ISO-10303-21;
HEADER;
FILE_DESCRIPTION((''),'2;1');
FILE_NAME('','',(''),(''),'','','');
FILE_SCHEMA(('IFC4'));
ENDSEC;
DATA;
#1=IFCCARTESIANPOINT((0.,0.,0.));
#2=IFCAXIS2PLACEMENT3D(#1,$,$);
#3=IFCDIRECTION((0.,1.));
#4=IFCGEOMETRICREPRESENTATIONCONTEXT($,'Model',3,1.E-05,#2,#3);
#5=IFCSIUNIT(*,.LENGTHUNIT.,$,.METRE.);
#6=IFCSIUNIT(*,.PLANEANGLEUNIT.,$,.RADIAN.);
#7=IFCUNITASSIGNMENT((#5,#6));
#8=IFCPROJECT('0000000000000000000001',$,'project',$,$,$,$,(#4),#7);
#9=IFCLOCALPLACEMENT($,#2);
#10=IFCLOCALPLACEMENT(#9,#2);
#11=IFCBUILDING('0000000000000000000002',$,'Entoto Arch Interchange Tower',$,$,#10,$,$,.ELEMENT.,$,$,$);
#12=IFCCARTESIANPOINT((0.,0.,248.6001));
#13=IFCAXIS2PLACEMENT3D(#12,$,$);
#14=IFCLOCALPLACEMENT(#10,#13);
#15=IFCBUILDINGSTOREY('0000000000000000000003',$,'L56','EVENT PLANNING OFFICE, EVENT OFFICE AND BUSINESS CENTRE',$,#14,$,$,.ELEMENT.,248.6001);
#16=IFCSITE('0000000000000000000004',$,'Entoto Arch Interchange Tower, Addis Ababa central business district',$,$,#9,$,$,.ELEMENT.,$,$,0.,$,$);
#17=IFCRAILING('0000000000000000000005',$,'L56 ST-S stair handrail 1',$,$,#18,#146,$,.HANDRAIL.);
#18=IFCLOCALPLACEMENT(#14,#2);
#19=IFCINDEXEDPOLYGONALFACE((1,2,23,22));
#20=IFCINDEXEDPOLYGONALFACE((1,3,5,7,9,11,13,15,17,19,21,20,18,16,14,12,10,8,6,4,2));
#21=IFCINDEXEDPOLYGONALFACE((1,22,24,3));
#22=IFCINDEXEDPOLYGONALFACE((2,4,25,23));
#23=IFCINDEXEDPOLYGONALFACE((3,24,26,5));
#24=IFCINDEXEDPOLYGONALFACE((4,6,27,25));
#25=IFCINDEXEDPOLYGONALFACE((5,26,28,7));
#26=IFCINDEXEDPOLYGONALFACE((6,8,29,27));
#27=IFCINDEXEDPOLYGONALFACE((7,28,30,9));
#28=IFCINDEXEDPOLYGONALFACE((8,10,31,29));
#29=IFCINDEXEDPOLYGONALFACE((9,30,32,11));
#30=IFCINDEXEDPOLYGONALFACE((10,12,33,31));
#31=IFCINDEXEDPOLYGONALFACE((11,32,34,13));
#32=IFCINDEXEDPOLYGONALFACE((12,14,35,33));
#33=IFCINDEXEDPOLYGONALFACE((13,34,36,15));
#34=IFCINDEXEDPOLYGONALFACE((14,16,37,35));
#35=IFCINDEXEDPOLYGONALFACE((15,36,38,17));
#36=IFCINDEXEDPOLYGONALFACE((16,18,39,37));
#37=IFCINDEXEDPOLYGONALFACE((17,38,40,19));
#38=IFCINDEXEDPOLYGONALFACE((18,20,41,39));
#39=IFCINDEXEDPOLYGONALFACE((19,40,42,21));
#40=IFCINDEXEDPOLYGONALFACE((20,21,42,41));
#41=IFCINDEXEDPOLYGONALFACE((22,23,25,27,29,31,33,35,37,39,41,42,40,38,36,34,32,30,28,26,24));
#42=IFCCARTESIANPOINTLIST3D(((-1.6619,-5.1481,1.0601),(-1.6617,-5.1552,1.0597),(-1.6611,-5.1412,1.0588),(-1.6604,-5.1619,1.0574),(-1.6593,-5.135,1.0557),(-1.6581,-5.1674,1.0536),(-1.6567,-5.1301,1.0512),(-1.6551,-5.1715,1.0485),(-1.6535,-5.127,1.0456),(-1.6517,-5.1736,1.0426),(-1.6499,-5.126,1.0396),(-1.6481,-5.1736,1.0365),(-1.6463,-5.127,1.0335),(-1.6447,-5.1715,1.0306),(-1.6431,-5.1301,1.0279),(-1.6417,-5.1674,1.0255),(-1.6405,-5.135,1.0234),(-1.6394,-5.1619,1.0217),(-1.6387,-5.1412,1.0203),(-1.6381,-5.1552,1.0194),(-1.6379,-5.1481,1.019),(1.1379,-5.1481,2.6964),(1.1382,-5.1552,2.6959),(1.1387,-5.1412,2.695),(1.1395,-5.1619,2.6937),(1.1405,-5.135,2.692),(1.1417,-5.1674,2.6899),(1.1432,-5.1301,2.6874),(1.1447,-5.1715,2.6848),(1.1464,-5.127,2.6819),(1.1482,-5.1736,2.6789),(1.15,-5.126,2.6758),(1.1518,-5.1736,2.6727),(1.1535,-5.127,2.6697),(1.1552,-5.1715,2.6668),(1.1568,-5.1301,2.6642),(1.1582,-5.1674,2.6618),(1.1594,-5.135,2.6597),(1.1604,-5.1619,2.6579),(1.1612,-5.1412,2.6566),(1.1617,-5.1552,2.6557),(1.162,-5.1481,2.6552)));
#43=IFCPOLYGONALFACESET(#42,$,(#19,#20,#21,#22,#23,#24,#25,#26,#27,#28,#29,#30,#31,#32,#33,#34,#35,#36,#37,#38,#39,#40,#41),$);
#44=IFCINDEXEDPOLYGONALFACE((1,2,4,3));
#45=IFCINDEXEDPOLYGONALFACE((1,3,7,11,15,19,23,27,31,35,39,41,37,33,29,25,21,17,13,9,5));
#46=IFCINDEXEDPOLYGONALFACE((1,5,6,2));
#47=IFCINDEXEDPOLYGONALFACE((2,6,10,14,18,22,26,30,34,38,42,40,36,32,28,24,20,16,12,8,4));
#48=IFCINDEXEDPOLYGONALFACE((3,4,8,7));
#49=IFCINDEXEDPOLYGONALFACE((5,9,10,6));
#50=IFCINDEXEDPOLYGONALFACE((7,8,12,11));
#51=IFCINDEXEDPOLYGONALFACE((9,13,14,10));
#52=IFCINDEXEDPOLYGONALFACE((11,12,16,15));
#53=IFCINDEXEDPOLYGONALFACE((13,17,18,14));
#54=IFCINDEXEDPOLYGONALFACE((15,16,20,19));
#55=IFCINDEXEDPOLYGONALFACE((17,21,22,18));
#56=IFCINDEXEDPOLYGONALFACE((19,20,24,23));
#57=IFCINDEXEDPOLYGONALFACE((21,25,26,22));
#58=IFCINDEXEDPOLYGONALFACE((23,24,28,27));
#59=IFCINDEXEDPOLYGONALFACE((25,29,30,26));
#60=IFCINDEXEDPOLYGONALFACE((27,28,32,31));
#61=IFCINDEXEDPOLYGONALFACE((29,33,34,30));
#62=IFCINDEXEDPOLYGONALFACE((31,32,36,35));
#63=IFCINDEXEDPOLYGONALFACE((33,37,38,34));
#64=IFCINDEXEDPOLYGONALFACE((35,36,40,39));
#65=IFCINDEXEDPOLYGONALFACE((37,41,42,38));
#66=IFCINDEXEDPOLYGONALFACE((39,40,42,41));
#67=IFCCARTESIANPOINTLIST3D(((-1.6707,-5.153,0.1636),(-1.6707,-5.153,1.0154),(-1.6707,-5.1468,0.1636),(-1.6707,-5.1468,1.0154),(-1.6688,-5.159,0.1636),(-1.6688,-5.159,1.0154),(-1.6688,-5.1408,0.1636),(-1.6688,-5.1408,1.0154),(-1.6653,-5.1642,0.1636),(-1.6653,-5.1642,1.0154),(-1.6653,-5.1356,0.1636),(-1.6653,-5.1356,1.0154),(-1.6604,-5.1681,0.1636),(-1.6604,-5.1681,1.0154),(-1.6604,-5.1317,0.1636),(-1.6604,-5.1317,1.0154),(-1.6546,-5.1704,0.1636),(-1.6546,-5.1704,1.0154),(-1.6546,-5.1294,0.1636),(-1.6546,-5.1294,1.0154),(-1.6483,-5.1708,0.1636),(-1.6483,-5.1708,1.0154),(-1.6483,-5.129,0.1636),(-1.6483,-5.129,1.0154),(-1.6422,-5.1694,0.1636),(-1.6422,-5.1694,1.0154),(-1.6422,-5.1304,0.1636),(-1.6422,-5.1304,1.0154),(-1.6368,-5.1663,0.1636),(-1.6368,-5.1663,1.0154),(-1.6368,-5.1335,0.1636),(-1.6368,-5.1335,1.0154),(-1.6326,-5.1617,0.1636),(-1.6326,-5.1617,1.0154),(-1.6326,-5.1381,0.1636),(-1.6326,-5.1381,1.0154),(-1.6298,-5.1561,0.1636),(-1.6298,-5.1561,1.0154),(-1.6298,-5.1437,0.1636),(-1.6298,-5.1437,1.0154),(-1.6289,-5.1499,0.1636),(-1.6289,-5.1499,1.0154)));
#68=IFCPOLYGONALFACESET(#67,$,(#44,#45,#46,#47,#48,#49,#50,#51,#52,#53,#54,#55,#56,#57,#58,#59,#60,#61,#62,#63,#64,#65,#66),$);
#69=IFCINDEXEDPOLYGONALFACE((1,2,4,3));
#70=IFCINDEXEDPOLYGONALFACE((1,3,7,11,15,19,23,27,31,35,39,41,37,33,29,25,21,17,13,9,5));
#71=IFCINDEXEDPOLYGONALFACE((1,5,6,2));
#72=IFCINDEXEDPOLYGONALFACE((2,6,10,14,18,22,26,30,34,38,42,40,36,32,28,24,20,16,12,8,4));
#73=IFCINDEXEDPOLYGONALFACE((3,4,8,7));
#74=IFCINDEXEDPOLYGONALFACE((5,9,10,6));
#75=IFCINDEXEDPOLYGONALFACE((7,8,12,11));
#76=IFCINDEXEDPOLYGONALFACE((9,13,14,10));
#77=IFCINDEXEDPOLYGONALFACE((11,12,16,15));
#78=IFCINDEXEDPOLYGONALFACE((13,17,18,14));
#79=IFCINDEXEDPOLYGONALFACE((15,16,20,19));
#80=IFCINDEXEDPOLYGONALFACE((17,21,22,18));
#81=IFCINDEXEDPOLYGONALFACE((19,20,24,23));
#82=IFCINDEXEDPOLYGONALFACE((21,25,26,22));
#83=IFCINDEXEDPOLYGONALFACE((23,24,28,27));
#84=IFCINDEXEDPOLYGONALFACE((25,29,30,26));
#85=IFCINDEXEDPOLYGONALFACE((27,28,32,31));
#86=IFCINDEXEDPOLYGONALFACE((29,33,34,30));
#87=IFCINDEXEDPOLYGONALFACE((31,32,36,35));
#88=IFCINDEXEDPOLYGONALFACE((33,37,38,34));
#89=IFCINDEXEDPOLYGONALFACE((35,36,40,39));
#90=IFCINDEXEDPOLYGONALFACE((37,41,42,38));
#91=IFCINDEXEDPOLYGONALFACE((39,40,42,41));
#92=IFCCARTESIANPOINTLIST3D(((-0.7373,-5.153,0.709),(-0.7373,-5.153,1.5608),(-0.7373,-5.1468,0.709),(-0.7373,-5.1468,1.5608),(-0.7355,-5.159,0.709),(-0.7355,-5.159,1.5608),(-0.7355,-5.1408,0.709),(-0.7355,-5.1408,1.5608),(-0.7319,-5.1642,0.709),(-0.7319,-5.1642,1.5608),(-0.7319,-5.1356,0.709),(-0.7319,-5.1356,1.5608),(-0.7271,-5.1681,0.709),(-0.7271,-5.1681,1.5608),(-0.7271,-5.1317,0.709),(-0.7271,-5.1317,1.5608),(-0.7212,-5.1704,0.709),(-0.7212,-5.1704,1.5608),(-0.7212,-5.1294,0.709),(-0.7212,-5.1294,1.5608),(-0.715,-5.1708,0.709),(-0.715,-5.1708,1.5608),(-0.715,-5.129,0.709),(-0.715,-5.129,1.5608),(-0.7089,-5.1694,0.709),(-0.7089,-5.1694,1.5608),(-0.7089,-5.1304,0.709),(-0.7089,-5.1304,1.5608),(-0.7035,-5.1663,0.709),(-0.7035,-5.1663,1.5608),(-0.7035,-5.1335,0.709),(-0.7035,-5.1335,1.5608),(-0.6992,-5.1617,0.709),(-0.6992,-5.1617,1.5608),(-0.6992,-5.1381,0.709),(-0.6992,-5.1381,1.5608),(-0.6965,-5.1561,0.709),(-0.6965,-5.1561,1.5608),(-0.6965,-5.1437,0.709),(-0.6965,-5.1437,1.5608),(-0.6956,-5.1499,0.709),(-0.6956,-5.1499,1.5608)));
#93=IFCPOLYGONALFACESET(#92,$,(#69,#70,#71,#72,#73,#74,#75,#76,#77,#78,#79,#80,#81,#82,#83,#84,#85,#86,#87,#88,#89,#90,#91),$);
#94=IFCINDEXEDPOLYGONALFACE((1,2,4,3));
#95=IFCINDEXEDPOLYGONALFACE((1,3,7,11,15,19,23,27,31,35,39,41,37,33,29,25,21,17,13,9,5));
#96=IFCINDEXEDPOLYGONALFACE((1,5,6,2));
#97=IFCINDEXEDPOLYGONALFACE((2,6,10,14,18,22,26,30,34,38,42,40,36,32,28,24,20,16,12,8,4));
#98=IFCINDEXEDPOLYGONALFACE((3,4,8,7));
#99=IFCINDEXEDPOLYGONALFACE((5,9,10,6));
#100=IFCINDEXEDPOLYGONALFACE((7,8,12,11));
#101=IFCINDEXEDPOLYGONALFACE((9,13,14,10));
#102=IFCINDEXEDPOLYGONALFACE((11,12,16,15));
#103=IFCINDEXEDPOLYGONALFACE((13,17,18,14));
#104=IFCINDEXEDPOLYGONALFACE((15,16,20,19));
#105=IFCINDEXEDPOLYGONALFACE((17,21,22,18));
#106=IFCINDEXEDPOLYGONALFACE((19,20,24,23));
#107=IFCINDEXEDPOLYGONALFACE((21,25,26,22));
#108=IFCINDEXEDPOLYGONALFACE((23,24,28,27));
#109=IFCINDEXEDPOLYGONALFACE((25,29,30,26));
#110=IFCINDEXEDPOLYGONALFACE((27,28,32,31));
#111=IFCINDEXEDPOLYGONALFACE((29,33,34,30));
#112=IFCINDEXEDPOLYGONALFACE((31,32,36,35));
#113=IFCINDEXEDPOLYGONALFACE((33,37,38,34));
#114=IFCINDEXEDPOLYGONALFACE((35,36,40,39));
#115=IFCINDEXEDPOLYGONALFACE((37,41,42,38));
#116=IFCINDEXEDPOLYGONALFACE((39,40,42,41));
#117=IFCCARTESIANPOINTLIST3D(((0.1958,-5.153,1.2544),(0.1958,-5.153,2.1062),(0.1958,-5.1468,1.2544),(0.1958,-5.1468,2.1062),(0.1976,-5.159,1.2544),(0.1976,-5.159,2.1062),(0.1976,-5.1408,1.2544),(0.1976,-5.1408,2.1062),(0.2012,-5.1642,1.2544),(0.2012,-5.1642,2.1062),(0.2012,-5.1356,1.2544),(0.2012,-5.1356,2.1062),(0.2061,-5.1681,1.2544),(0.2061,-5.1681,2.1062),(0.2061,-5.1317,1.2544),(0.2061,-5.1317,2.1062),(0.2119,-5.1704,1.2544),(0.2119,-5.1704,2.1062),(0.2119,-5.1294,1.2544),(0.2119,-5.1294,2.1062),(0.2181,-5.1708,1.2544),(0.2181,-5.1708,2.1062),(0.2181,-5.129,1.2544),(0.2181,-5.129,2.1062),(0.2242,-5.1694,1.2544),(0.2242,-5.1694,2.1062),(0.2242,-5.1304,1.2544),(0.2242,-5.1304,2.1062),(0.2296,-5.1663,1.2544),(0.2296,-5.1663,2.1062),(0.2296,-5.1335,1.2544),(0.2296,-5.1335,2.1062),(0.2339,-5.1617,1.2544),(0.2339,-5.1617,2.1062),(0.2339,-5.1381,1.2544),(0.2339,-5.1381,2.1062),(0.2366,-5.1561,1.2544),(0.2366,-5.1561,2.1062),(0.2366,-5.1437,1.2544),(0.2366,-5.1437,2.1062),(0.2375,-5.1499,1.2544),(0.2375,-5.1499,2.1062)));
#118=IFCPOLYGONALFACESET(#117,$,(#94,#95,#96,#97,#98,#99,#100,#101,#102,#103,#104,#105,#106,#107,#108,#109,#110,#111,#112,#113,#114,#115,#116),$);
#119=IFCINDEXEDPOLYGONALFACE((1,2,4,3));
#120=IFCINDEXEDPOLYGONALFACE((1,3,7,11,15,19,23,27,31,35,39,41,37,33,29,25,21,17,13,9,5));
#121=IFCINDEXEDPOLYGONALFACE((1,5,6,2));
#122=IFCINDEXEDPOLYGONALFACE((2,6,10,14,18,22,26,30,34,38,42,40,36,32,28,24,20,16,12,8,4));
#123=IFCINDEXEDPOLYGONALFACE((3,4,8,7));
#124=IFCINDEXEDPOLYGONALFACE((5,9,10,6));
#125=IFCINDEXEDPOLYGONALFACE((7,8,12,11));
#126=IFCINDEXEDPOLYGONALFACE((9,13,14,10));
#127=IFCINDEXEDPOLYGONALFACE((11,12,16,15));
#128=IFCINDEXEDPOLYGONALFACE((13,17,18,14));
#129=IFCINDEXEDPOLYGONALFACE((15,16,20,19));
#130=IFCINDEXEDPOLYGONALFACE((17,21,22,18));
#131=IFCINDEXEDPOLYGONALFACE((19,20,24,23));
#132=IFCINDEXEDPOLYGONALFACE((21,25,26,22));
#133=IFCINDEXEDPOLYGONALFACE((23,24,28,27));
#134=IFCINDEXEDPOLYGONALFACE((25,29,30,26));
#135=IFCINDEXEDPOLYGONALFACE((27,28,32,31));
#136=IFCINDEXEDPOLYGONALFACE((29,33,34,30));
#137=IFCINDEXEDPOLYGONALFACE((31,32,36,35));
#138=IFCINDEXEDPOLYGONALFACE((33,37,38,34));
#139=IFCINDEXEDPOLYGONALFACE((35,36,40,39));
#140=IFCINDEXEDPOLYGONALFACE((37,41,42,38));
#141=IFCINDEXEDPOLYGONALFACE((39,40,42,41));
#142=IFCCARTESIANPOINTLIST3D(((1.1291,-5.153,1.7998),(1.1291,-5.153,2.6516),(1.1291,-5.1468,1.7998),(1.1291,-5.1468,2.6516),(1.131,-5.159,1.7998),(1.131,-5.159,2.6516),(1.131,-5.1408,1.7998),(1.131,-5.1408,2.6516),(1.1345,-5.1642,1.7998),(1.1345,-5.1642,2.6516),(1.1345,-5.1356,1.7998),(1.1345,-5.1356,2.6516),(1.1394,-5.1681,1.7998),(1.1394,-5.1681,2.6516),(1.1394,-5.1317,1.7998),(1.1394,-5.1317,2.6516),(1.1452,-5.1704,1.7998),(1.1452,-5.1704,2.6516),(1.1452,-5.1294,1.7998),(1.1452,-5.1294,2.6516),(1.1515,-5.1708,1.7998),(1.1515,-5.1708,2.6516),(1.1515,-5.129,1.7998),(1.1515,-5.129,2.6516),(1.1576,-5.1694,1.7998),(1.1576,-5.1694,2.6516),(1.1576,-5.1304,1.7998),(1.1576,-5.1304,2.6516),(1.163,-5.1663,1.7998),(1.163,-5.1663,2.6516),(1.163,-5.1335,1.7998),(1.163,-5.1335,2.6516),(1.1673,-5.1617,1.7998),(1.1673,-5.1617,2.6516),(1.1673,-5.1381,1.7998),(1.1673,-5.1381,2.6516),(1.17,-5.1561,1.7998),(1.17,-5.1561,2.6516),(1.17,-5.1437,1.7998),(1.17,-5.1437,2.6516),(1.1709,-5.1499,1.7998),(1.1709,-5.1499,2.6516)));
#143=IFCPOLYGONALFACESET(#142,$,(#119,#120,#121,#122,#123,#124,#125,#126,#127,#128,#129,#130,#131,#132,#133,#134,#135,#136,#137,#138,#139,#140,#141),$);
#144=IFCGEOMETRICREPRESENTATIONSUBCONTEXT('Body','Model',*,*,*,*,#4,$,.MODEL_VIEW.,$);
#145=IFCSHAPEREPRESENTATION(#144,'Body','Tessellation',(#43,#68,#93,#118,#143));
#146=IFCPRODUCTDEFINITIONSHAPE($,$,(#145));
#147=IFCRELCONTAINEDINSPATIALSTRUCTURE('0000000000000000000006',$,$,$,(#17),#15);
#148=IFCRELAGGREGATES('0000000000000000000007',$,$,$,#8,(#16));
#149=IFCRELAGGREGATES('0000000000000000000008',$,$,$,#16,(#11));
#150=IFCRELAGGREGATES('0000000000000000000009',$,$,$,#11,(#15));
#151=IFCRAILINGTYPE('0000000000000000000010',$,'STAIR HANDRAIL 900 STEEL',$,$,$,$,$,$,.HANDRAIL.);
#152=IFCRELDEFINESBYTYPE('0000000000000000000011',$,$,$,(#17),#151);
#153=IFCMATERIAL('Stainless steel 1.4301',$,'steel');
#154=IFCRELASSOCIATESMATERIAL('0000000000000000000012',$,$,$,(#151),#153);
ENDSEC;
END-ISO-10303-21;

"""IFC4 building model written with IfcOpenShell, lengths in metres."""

from ifc_helpers import new_model, si_unit, direction, frame, origin, origin_2d, place, context, subcontext, project, spatial, circle, extrude, material, type_object, element, save


model = new_model("IFC4")

# Units and contexts
model_context = context("Model", 3, precision=1e-05, world=origin(), true_north=direction((0.0, 1.0)))
body_context = subcontext(model_context, "Body", "Model", "MODEL_VIEW")
ifc_project = project(units=[si_unit("LENGTHUNIT", "METRE"), si_unit("PLANEANGLEUNIT", "RADIAN")], contexts=[model_context])

# Site, building, storey
site_placement = place(None, origin())
site = spatial("IfcSite", under=ifc_project, at=site_placement, Name="Entoto Arch Interchange Tower, Addis Ababa central business district", CompositionType="ELEMENT", RefElevation=0.0)
building_placement = place(site_placement, origin())
building = spatial("IfcBuilding", under=site, at=building_placement, Name="Entoto Arch Interchange Tower", CompositionType="ELEMENT")
storey_placement = place(building_placement, frame((0.0, 0.0, 248.6001)))
storey = spatial("IfcBuildingStorey", under=building, at=storey_placement, Name="L56", Description="EVENT PLANNING OFFICE, EVENT OFFICE AND BUSINESS CENTRE", CompositionType="ELEMENT", Elevation=248.6001)

# Railing
ifc_material_1 = material(Name="Stainless steel 1.4301", Category="steel")
railing_type_1 = type_object("IfcRailingType", Name="STAIR HANDRAIL 900 STEEL", PredefinedType="HANDRAIL", material=ifc_material_1)
railing_1_placement = place(storey_placement, frame((-1.6499, -5.1499, 0.1636)))
element("IfcRailing", 1, at=railing_1_placement, inside=storey, type_object=railing_type_1, Name="L56 ST-S stair handrail 1", PredefinedType="HANDRAIL", context=body_context, shape_type="SweptSolid", body=[
    extrude(circle(Radius=0.0239, at=origin_2d()), frame((0.0, 0.0, 0.876), z_axis=(0.863374, 0.0, 0.504564), x_axis=(0.0, 1.0, 0.0)), (0.0, 0.0, 1.0), 3.2429),
    extrude(circle(Radius=0.021, at=origin_2d()), origin(), (0.0, 0.0, 1.0), 0.8518),
    extrude(circle(Radius=0.021, at=origin_2d()), frame((0.9333, 0.0, 0.5454)), (0.0, 0.0, 1.0), 0.8518),
    extrude(circle(Radius=0.021, at=origin_2d()), frame((1.8665, 0.0, 1.0908)), (0.0, 0.0, 1.0), 0.8518),
    extrude(circle(Radius=0.021, at=origin_2d()), frame((2.7998, 0.0, 1.6362)), (0.0, 0.0, 1.0), 0.8518),
])

save(model, "model.ifc")
